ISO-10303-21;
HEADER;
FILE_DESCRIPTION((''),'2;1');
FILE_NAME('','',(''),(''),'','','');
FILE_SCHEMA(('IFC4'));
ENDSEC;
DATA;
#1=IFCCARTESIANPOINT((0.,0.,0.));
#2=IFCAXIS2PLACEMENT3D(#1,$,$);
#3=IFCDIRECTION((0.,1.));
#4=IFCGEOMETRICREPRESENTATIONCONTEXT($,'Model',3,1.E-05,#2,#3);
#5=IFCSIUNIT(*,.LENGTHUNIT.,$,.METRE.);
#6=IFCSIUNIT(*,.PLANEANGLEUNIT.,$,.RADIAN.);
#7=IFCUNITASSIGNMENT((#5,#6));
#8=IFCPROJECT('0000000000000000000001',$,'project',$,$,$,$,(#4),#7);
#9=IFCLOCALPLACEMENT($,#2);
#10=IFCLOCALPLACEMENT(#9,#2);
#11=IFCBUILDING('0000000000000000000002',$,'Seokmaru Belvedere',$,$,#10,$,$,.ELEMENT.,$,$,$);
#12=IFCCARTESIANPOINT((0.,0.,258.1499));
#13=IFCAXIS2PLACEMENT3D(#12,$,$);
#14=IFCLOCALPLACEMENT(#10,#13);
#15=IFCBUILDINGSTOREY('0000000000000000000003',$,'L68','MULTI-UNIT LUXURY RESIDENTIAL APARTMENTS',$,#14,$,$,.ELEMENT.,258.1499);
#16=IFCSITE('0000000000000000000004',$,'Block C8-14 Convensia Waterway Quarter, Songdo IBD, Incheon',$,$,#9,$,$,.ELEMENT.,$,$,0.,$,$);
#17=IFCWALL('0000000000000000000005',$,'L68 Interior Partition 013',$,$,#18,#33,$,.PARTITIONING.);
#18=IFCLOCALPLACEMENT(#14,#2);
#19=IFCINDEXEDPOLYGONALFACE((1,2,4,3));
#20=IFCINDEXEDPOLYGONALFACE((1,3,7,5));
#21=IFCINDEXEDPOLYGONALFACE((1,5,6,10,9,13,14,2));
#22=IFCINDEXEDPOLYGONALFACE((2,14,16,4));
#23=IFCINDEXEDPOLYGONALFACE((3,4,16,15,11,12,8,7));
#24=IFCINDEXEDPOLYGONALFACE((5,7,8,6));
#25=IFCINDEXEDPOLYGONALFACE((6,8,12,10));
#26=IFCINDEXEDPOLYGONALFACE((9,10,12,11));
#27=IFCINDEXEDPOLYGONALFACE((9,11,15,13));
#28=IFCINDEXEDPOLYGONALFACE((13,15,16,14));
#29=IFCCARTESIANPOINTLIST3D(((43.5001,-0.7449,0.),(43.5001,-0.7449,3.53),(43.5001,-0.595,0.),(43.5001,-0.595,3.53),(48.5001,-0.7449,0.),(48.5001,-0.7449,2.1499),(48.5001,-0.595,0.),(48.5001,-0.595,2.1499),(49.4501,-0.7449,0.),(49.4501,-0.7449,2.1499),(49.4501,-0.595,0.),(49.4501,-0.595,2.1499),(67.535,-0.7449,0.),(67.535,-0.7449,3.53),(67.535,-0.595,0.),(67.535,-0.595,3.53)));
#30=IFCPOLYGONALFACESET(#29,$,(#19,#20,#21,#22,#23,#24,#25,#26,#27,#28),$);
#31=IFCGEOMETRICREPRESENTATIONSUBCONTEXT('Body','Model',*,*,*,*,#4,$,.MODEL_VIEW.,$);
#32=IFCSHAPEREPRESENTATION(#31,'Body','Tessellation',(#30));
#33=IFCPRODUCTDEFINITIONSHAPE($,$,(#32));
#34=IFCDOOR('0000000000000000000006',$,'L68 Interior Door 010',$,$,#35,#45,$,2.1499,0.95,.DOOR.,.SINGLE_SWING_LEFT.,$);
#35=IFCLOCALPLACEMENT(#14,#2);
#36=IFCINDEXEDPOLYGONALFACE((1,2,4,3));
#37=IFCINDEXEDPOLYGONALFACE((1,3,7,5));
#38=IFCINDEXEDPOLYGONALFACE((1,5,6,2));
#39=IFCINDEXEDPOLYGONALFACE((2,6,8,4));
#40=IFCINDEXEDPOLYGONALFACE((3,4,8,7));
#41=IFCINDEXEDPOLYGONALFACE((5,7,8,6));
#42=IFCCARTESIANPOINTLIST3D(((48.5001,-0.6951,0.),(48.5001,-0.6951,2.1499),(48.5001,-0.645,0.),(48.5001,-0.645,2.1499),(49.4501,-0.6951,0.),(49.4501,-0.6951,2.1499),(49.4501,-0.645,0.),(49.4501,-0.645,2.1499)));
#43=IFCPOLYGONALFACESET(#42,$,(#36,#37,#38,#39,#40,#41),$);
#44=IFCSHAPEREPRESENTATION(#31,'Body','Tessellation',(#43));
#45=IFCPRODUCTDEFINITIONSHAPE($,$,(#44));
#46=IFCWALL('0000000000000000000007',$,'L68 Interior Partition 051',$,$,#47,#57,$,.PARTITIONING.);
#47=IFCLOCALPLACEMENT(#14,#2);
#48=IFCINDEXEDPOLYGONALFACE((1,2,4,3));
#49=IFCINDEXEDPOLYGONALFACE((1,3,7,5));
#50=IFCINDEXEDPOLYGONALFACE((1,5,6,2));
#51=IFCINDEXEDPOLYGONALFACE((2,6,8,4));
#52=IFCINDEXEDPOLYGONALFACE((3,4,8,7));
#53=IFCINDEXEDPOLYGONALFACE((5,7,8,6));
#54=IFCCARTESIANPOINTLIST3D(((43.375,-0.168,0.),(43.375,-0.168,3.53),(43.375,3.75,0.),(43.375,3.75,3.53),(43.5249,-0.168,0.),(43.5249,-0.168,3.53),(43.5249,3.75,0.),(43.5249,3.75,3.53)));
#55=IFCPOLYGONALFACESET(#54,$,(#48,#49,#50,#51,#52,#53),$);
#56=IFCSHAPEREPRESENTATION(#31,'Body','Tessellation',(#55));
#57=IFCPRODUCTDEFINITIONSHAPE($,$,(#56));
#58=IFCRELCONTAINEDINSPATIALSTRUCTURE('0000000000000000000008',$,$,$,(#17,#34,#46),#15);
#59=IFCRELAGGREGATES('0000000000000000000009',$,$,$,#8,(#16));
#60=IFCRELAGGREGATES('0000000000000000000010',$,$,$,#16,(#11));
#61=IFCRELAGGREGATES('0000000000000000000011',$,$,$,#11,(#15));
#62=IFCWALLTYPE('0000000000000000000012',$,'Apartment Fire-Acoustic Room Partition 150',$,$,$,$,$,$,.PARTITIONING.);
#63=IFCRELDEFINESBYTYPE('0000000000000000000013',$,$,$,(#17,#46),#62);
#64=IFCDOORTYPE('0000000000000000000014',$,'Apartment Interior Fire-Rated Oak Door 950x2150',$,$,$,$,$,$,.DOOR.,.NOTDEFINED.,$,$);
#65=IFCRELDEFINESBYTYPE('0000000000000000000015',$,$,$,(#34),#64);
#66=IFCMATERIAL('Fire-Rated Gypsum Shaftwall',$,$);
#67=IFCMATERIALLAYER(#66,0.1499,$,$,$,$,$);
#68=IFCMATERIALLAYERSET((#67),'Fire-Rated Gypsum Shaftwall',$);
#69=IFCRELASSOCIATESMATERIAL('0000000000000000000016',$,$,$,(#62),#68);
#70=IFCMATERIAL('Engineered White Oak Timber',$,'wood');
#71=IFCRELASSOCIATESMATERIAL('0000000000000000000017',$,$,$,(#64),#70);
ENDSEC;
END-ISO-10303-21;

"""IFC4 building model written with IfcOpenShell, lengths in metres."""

from ifc_helpers import new_model, si_unit, direction, frame, frame_2d, origin, place, context, subcontext, project, spatial, rectangle, extrude, source, transform, mapped, material, layer, layer_set, type_object, type_shapes, element, fill, save


model = new_model("IFC4")

# Units and contexts
model_context = context("Model", 3, precision=1e-05, world=origin(), true_north=direction((0.0, 1.0)))
body_context = subcontext(model_context, "Body", "Model", "MODEL_VIEW")
ifc_project = project(units=[si_unit("LENGTHUNIT", "METRE"), si_unit("PLANEANGLEUNIT", "RADIAN")], contexts=[model_context])

# Site, building, storey
site_placement = place(None, origin())
site = spatial("IfcSite", under=ifc_project, at=site_placement, Name="Block C8-14 Convensia Waterway Quarter, Songdo IBD, Incheon", CompositionType="ELEMENT", RefElevation=0.0)
building_placement = place(site_placement, origin())
building = spatial("IfcBuilding", under=site, at=building_placement, Name="Seokmaru Belvedere", CompositionType="ELEMENT")
storey_placement = place(building_placement, frame((0.0, 0.0, 258.1499)))
storey = spatial("IfcBuildingStorey", under=building, at=storey_placement, Name="L68", Description="MULTI-UNIT LUXURY RESIDENTIAL APARTMENTS", CompositionType="ELEMENT", Elevation=258.1499)

# Wall, opening, door
ifc_material_1 = material(Name="Fire-Rated Gypsum Shaftwall")
ifc_layer_1 = layer(ifc_material_1, 0.1499)
ifc_layer_set_1 = layer_set([ifc_layer_1], Name="Fire-Rated Gypsum Shaftwall")
wall_type = type_object("IfcWallType", Name="Apartment Fire-Acoustic Room Partition 150", PredefinedType="PARTITIONING", material=ifc_layer_set_1)
wall_1_placement = place(storey_placement, frame((43.5, -0.6699, 0.0), z_axis=(0.0, 0.0, 1.0), x_axis=(1.0, 0.0, 0.0)))
wall_1 = element("IfcWall", 1, at=wall_1_placement, inside=storey, type_object=wall_type, Name="L68 Interior Partition 013", PredefinedType="PARTITIONING", context=body_context, shape_type="SweptSolid", body=[
    extrude(rectangle(XDim=24.0349, YDim=0.1499, at=frame_2d((12.0176, 0.0))), origin(), (0.0, 0.0, 1.0), 3.53),
])
opening_placement = place(wall_1_placement, frame((5.0, 0.0, 0.0)))
opening = element("IfcOpeningElement", 2, at=opening_placement, cuts=wall_1, PredefinedType="OPENING", context=body_context, shape_type="SweptSolid", body=[
    extrude(rectangle(XDim=0.95, YDim=2.1499, at=frame_2d((0.4751, 1.075))), frame((0.0, 0.085, 0.0), z_axis=(0.0, -1.0, 0.0), x_axis=(1.0, 0.0, 0.0)), (0.0, 0.0, 1.0), 0.1699),
])
ifc_material_2 = material(Name="Engineered White Oak Timber", Category="wood")
door_type = type_object("IfcDoorType", Name="Apartment Interior Fire-Rated Oak Door 950x2150", OperationType="NOTDEFINED", PredefinedType="DOOR", material=ifc_material_2)
shared_shape_1 = source(origin(), body_context, "Body", "SweptSolid", [
    extrude(rectangle(XDim=0.95, YDim=2.1499, at=frame_2d((0.4751, 1.075))), frame((0.0, 0.0249, 0.0), z_axis=(0.0, -1.0, 0.0), x_axis=(1.0, 0.0, 0.0)), (0.0, 0.0, 1.0), 0.05),
])
type_shapes(door_type, [shared_shape_1])
door_placement = place(opening_placement, origin())
door = element("IfcDoor", 3, at=door_placement, inside=storey, type_object=door_type, Name="L68 Interior Door 010", OperationType="SINGLE_SWING_LEFT", OverallHeight=2.1499, OverallWidth=0.95, PredefinedType="DOOR", context=body_context, shape_type="MappedRepresentation", body=[
    mapped(shared_shape_1, transform((0.0, 0.0, 0.0), scale=1.0)),
])
fill(opening, door)

# Wall
wall_2_placement = place(storey_placement, frame((43.45, -0.168, 0.0), z_axis=(0.0, 0.0, 1.0), x_axis=(0.0, 1.0, 0.0)))
element("IfcWall", 4, at=wall_2_placement, inside=storey, type_object=wall_type, Name="L68 Interior Partition 051", PredefinedType="PARTITIONING", context=body_context, shape_type="SweptSolid", body=[
    extrude(rectangle(XDim=3.918, YDim=0.1499, at=frame_2d((1.959, 0.0))), origin(), (0.0, 0.0, 1.0), 3.53),
])

save(model, "model.ifc")
